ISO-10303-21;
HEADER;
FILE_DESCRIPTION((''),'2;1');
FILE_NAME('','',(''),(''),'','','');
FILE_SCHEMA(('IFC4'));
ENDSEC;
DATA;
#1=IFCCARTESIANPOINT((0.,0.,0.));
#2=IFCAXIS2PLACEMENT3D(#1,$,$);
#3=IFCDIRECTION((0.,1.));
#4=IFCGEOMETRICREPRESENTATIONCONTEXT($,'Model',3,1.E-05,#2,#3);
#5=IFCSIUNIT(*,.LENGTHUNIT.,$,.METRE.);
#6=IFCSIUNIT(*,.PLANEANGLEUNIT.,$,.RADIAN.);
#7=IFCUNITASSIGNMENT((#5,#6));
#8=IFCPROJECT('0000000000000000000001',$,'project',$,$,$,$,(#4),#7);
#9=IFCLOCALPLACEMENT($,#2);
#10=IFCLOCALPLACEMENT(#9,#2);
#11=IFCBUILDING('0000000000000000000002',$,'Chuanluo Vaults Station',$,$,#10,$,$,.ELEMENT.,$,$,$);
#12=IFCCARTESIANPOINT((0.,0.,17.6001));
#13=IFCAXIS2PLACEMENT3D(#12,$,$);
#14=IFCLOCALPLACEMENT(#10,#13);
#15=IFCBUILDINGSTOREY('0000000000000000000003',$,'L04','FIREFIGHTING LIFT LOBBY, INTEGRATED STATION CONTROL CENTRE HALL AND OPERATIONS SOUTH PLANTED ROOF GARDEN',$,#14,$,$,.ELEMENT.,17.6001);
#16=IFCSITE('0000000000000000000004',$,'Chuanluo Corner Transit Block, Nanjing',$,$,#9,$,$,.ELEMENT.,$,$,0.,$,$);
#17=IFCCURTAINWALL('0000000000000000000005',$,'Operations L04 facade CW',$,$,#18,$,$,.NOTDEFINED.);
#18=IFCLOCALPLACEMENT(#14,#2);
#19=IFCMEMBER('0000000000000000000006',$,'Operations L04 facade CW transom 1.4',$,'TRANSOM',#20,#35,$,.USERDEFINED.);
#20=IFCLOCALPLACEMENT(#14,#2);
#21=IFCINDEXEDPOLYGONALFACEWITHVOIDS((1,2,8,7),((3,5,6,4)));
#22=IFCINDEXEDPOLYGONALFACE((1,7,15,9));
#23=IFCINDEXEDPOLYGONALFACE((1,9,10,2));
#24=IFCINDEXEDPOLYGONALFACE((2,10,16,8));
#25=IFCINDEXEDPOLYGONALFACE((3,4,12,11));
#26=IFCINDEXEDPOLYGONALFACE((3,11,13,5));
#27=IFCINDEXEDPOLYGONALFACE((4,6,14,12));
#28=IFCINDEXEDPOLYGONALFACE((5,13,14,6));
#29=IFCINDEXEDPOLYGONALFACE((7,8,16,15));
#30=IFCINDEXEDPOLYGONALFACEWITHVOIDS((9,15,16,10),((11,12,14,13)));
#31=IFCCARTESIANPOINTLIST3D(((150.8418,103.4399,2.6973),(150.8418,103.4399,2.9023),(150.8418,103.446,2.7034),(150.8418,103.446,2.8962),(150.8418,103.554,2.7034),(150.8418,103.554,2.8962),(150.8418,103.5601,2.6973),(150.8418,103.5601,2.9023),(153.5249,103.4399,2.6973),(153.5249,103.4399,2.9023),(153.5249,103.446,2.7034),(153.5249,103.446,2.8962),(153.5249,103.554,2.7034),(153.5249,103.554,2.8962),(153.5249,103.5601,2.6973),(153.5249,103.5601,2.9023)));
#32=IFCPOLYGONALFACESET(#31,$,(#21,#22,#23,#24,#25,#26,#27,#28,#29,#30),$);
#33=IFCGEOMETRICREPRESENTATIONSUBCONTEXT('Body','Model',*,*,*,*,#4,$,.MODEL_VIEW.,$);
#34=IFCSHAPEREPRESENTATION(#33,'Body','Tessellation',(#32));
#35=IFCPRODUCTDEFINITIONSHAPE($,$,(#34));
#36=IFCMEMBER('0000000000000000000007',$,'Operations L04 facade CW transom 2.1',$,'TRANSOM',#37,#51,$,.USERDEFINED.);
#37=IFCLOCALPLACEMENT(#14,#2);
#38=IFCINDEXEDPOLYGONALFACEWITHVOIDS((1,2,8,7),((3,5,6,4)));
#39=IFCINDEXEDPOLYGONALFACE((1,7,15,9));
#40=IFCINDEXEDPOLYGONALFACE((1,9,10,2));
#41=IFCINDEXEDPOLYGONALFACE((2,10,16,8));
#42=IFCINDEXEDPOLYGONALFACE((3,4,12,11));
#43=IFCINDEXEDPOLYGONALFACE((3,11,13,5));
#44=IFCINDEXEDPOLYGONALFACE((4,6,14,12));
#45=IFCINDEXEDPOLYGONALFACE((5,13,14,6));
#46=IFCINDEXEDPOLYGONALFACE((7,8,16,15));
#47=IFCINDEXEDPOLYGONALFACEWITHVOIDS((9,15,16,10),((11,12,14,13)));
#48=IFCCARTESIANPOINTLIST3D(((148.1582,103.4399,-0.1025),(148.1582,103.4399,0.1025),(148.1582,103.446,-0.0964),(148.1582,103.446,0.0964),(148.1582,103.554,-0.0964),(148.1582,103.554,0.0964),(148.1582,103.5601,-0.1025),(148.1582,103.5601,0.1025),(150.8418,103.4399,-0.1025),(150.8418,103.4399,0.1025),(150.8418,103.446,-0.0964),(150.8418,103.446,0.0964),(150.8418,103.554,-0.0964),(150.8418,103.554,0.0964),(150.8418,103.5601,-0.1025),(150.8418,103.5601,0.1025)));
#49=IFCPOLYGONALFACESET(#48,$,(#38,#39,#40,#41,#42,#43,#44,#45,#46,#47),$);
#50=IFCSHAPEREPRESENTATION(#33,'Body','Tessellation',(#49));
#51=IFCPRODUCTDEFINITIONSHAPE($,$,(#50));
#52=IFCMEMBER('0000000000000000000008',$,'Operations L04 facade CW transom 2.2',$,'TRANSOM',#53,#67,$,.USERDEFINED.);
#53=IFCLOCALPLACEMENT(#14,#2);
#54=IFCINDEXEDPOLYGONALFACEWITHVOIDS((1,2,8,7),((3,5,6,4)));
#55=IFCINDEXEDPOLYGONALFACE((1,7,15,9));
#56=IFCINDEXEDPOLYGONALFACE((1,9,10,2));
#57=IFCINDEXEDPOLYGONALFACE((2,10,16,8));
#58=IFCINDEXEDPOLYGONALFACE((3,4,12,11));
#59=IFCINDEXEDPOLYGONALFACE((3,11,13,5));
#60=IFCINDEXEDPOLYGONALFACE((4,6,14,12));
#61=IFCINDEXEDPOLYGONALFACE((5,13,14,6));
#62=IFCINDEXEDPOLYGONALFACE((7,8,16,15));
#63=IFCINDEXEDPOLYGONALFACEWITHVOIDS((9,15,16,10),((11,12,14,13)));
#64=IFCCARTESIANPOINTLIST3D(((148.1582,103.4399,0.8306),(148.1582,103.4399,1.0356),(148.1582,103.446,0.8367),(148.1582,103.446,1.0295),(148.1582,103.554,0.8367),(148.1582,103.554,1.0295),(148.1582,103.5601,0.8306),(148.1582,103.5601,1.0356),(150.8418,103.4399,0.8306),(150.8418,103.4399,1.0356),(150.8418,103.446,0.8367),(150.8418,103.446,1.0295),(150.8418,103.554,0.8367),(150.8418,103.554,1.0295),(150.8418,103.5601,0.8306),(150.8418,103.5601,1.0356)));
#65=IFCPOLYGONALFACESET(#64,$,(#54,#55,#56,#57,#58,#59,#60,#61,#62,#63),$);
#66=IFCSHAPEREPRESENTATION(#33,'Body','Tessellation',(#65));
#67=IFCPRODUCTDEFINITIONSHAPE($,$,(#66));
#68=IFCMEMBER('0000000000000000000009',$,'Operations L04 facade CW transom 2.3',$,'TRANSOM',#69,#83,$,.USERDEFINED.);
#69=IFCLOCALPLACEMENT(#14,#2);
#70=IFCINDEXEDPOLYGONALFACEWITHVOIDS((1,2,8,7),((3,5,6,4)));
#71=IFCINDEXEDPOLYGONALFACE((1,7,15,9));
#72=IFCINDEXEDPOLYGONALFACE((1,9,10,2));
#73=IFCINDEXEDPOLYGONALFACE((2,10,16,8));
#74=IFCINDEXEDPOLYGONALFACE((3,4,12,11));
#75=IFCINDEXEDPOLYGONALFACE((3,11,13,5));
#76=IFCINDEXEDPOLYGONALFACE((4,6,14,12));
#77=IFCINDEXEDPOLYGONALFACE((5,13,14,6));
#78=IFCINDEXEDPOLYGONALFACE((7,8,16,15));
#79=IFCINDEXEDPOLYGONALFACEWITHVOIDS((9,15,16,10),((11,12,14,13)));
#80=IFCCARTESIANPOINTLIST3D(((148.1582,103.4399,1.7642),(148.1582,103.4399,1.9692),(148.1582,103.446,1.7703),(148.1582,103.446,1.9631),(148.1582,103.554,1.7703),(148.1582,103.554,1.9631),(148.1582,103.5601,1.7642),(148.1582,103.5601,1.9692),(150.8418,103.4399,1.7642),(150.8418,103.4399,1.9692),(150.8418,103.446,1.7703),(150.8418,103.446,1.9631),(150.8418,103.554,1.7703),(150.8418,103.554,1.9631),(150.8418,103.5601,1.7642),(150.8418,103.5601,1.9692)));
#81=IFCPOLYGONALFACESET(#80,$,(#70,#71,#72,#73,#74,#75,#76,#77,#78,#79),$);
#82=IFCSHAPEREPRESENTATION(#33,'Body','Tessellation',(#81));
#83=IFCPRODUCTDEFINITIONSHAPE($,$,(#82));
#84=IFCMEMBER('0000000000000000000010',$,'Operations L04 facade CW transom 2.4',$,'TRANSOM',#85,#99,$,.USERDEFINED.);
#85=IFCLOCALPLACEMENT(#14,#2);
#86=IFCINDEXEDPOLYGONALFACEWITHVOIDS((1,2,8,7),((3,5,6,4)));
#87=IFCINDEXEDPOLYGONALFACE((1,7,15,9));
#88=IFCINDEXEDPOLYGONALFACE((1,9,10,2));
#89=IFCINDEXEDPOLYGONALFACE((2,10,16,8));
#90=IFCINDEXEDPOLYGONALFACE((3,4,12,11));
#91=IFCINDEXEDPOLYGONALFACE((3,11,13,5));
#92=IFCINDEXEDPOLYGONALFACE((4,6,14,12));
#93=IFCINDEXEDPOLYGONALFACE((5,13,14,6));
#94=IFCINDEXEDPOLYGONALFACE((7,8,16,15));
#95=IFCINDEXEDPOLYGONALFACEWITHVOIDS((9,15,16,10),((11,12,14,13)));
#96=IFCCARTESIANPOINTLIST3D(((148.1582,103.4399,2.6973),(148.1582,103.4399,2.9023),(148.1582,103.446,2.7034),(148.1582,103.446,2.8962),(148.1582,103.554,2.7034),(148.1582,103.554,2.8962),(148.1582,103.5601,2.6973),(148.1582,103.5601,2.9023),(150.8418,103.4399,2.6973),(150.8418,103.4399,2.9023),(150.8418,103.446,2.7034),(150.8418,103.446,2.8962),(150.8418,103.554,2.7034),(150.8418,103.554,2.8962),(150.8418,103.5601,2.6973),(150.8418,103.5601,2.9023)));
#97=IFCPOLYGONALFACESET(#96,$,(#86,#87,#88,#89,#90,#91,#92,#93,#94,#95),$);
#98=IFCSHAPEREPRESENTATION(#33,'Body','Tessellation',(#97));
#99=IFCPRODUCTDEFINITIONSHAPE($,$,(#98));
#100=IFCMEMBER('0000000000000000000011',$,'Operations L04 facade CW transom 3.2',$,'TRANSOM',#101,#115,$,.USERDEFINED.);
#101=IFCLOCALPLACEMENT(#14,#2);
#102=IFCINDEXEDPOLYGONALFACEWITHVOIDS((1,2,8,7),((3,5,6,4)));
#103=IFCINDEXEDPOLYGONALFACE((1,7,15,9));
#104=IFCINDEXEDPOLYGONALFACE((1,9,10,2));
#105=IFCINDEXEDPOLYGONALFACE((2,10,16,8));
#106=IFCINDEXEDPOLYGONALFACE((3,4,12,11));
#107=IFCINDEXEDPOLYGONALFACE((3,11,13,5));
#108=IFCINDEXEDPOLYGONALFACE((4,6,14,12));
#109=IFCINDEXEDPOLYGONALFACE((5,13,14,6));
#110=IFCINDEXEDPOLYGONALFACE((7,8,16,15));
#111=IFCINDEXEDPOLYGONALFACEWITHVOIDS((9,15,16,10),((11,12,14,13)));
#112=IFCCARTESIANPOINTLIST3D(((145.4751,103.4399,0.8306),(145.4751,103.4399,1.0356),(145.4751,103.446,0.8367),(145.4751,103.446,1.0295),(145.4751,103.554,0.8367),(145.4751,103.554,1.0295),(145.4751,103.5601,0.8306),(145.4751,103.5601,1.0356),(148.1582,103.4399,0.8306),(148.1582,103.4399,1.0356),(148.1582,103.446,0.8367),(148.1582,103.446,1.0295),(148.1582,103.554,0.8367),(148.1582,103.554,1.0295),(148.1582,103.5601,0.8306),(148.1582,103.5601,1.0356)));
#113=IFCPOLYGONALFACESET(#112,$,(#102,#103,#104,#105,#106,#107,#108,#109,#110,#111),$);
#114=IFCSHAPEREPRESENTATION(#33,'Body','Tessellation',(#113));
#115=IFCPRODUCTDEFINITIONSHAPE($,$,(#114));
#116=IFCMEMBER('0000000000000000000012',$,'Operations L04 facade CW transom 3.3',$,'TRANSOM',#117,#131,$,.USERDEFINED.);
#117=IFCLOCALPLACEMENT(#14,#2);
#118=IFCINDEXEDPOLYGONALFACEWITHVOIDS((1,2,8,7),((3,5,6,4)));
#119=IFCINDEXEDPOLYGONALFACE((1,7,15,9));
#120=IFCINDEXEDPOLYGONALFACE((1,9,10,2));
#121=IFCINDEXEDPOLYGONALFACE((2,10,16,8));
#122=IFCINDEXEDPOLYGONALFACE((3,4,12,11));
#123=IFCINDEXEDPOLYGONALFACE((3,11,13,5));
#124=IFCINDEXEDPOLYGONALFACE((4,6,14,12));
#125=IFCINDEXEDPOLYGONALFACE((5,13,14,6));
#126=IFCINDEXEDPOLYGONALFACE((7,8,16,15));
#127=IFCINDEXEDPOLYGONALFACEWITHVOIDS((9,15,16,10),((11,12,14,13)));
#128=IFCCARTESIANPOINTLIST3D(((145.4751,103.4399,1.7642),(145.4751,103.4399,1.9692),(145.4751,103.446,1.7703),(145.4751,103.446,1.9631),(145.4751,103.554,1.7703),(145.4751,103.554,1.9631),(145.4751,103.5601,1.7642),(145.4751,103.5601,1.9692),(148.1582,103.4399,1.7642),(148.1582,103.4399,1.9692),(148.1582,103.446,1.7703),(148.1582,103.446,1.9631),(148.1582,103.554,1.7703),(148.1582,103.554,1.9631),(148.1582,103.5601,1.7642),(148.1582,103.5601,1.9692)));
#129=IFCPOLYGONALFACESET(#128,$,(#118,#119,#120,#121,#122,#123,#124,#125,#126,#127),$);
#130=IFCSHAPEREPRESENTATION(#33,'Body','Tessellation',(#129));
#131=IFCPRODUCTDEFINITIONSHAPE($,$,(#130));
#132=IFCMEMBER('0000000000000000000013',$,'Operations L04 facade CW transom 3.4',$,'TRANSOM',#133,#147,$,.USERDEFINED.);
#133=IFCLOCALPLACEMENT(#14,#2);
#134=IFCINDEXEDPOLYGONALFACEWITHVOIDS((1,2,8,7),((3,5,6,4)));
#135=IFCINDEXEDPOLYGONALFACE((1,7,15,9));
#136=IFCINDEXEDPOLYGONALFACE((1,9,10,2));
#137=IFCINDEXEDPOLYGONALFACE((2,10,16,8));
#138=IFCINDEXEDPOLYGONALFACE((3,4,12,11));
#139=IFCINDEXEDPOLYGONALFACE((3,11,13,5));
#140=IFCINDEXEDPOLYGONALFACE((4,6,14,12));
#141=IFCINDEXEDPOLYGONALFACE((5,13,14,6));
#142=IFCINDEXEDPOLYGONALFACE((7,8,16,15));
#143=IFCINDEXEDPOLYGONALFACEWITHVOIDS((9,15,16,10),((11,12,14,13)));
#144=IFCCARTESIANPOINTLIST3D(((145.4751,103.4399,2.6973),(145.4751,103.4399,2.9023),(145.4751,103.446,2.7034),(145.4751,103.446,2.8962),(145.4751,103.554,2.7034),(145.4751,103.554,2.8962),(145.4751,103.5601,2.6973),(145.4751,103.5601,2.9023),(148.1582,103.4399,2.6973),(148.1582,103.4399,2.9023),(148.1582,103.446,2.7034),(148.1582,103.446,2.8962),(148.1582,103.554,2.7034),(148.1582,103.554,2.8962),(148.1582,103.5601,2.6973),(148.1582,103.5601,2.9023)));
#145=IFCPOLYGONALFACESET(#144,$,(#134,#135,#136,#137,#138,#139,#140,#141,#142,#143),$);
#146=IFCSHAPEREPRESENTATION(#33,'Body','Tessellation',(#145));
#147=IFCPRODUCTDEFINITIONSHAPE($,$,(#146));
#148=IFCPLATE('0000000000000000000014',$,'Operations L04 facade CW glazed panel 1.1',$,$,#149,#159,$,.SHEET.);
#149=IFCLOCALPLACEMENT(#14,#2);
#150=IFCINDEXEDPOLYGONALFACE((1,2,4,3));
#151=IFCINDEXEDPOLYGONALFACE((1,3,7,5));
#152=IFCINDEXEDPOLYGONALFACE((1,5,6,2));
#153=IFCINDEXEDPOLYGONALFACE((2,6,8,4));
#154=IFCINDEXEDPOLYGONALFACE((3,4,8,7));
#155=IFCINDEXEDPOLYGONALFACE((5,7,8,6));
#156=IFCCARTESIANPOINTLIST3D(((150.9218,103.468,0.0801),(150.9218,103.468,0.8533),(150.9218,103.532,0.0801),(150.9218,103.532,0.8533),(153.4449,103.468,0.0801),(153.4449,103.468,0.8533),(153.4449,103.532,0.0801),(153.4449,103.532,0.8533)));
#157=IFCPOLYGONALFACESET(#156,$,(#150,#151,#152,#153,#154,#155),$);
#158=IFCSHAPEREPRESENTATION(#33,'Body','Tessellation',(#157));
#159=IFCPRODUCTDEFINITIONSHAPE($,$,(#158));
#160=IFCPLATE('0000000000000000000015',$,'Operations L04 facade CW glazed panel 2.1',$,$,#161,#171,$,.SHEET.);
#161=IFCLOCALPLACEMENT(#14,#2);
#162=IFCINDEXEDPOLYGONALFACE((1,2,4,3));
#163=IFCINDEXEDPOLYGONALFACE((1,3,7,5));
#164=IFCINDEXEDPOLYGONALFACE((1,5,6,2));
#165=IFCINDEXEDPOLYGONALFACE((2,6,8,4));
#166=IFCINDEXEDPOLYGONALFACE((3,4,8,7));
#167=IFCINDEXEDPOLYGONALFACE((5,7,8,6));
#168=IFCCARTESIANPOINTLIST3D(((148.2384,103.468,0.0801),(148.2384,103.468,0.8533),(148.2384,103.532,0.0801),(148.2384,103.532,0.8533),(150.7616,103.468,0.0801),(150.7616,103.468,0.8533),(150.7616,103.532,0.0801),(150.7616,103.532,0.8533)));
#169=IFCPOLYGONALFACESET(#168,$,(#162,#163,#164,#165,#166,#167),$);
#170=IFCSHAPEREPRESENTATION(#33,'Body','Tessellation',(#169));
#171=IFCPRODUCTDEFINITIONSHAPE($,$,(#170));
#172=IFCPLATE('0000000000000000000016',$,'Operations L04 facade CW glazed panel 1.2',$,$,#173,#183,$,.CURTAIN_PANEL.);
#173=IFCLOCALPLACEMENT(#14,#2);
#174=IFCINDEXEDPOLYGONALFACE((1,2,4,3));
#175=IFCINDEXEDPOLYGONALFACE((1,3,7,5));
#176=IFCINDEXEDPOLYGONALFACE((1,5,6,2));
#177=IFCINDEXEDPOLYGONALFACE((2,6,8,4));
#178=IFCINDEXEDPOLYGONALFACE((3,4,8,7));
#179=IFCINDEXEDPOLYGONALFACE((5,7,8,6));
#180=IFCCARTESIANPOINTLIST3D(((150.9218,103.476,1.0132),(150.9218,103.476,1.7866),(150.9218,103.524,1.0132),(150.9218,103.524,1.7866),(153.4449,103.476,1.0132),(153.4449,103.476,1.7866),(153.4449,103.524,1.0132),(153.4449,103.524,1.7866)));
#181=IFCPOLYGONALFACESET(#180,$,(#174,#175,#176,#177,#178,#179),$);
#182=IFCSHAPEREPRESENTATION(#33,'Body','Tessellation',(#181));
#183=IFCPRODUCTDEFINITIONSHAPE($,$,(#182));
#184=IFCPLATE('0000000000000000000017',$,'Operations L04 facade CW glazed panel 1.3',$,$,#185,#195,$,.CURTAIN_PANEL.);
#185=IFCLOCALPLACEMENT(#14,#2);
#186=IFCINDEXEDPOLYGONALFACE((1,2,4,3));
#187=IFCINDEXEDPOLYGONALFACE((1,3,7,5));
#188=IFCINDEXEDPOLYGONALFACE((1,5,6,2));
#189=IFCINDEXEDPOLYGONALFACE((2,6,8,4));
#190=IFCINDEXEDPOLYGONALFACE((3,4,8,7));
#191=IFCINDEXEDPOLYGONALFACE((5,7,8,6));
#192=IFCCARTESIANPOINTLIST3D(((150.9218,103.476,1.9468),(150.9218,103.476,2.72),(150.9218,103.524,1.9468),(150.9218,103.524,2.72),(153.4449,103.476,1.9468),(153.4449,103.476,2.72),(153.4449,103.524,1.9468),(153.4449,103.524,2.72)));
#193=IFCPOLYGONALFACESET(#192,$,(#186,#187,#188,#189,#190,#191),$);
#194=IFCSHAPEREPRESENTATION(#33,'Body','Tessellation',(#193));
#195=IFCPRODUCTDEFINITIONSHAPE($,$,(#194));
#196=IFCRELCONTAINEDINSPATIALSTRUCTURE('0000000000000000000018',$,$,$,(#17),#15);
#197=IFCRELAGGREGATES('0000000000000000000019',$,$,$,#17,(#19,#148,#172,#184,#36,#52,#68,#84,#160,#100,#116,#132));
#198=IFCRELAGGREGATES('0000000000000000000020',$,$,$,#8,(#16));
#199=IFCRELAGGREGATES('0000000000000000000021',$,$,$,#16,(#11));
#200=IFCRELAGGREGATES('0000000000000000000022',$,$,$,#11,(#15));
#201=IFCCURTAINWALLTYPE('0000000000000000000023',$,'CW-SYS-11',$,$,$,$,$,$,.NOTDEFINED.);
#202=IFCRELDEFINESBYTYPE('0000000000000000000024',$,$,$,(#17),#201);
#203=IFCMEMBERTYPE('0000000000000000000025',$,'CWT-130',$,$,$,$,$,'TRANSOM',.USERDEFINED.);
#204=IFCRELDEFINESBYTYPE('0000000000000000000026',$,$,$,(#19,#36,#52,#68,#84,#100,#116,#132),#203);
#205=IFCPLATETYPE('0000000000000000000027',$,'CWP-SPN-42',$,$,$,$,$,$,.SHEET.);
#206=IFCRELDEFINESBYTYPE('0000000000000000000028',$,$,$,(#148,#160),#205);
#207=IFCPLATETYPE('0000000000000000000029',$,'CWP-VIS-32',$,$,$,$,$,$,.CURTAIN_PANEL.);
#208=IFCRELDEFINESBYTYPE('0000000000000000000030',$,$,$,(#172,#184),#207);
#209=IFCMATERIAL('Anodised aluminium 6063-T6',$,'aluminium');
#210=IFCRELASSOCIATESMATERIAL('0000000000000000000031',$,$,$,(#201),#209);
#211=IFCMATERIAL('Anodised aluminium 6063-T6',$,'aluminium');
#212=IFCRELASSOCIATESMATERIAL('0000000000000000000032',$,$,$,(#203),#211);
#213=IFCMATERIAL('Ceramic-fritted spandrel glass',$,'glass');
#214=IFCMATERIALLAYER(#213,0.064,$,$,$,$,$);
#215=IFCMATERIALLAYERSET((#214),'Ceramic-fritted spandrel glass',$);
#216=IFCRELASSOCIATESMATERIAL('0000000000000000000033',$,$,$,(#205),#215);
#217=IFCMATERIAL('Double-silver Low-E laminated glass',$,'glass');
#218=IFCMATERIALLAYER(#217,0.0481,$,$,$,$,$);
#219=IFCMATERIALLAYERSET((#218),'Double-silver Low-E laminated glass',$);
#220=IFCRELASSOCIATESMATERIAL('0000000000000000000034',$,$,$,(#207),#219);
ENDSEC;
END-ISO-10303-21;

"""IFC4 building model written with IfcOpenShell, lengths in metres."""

from ifc_helpers import new_model, si_unit, direction, frame, origin, origin_2d, place, context, subcontext, project, spatial, rectangle, hollow_rectangle, extrude, material, layer, layer_set, material_profile, profile_set, type_object, element, aggregate, save


model = new_model("IFC4")

# Units and contexts
model_context = context("Model", 3, precision=1e-05, world=origin(), true_north=direction((0.0, 1.0)))
body_context = subcontext(model_context, "Body", "Model", "MODEL_VIEW")
ifc_project = project(units=[si_unit("LENGTHUNIT", "METRE"), si_unit("PLANEANGLEUNIT", "RADIAN")], contexts=[model_context])

# Site, building, storey
site_placement = place(None, origin())
site = spatial("IfcSite", under=ifc_project, at=site_placement, Name="Chuanluo Corner Transit Block, Nanjing", CompositionType="ELEMENT", RefElevation=0.0)
building_placement = place(site_placement, origin())
building = spatial("IfcBuilding", under=site, at=building_placement, Name="Chuanluo Vaults Station", CompositionType="ELEMENT")
storey_placement = place(building_placement, frame((0.0, 0.0, 17.6001)))
storey = spatial("IfcBuildingStorey", under=building, at=storey_placement, Name="L04", Description="FIREFIGHTING LIFT LOBBY, INTEGRATED STATION CONTROL CENTRE HALL AND OPERATIONS SOUTH PLANTED ROOF GARDEN", CompositionType="ELEMENT", Elevation=17.6001)

# Curtain wall, members, plates
ifc_material_1 = material(Name="Anodised aluminium 6063-T6", Category="aluminium")
curtain_wall_type = type_object("IfcCurtainWallType", Name="CW-SYS-11", PredefinedType="NOTDEFINED", material=ifc_material_1)
curtain_wall_placement = place(storey_placement, origin())
curtain_wall = element("IfcCurtainWall", 1, at=curtain_wall_placement, inside=storey, type_object=curtain_wall_type, Name="Operations L04 facade CW", PredefinedType="NOTDEFINED")
ifc_material_2 = material(Name="Anodised aluminium 6063-T6", Category="aluminium")
ifc_material_profile_1 = material_profile(ifc_material_2, hollow_rectangle(XDim=0.1201, YDim=0.2051, WallThickness=0.0061, at=origin_2d()))
ifc_profile_set_1 = profile_set([ifc_material_profile_1], Name="Anodised aluminium 6063-T6")
member_type_1 = type_object("IfcMemberType", Name="CWT-130", ElementType="TRANSOM", PredefinedType="USERDEFINED", material=ifc_profile_set_1)
member_1_placement = place(storey_placement, frame((153.5249, 103.5, 2.7998), z_axis=(-1.0, 0.0, 0.0), x_axis=(0.0, -1.0, 0.0)))
member_1 = element("IfcMember", 2, at=member_1_placement, type_object=member_type_1, Name="Operations L04 facade CW transom 1.4", ObjectType="TRANSOM", PredefinedType="USERDEFINED", context=body_context, shape_type="SweptSolid", body=[
    extrude(hollow_rectangle(XDim=0.1201, YDim=0.2051, WallThickness=0.0061, at=origin_2d()), origin(), (0.0, 0.0, 1.0), 2.6831),
])
member_2_placement = place(storey_placement, frame((150.8418, 103.5, 0.0), z_axis=(-1.0, 0.0, 0.0), x_axis=(0.0, -1.0, 0.0)))
member_2 = element("IfcMember", 3, at=member_2_placement, type_object=member_type_1, Name="Operations L04 facade CW transom 2.1", ObjectType="TRANSOM", PredefinedType="USERDEFINED", context=body_context, shape_type="SweptSolid", body=[
    extrude(hollow_rectangle(XDim=0.1201, YDim=0.2051, WallThickness=0.0061, at=origin_2d()), origin(), (0.0, 0.0, 1.0), 2.6836),
])
member_3_placement = place(storey_placement, frame((150.8418, 103.5, 0.9331), z_axis=(-1.0, 0.0, 0.0), x_axis=(0.0, -1.0, 0.0)))
member_3 = element("IfcMember", 4, at=member_3_placement, type_object=member_type_1, Name="Operations L04 facade CW transom 2.2", ObjectType="TRANSOM", PredefinedType="USERDEFINED", context=body_context, shape_type="SweptSolid", body=[
    extrude(hollow_rectangle(XDim=0.1201, YDim=0.2051, WallThickness=0.0061, at=origin_2d()), origin(), (0.0, 0.0, 1.0), 2.6836),
])
member_4_placement = place(storey_placement, frame((150.8418, 103.5, 1.8667), z_axis=(-1.0, 0.0, 0.0), x_axis=(0.0, -1.0, 0.0)))
member_4 = element("IfcMember", 5, at=member_4_placement, type_object=member_type_1, Name="Operations L04 facade CW transom 2.3", ObjectType="TRANSOM", PredefinedType="USERDEFINED", context=body_context, shape_type="SweptSolid", body=[
    extrude(hollow_rectangle(XDim=0.1201, YDim=0.2051, WallThickness=0.0061, at=origin_2d()), origin(), (0.0, 0.0, 1.0), 2.6836),
])
member_5_placement = place(storey_placement, frame((150.8418, 103.5, 2.7998), z_axis=(-1.0, 0.0, 0.0), x_axis=(0.0, -1.0, 0.0)))
member_5 = element("IfcMember", 6, at=member_5_placement, type_object=member_type_1, Name="Operations L04 facade CW transom 2.4", ObjectType="TRANSOM", PredefinedType="USERDEFINED", context=body_context, shape_type="SweptSolid", body=[
    extrude(hollow_rectangle(XDim=0.1201, YDim=0.2051, WallThickness=0.0061, at=origin_2d()), origin(), (0.0, 0.0, 1.0), 2.6836),
])
member_6_placement = place(storey_placement, frame((148.1582, 103.5, 0.9331), z_axis=(-1.0, 0.0, 0.0), x_axis=(0.0, -1.0, 0.0)))
member_6 = element("IfcMember", 7, at=member_6_placement, type_object=member_type_1, Name="Operations L04 facade CW transom 3.2", ObjectType="TRANSOM", PredefinedType="USERDEFINED", context=body_context, shape_type="SweptSolid", body=[
    extrude(hollow_rectangle(XDim=0.1201, YDim=0.2051, WallThickness=0.0061, at=origin_2d()), origin(), (0.0, 0.0, 1.0), 2.6831),
])
member_7_placement = place(storey_placement, frame((148.1582, 103.5, 1.8667), z_axis=(-1.0, 0.0, 0.0), x_axis=(0.0, -1.0, 0.0)))
member_7 = element("IfcMember", 8, at=member_7_placement, type_object=member_type_1, Name="Operations L04 facade CW transom 3.3", ObjectType="TRANSOM", PredefinedType="USERDEFINED", context=body_context, shape_type="SweptSolid", body=[
    extrude(hollow_rectangle(XDim=0.1201, YDim=0.2051, WallThickness=0.0061, at=origin_2d()), origin(), (0.0, 0.0, 1.0), 2.6831),
])
member_8_placement = place(storey_placement, frame((148.1582, 103.5, 2.7998), z_axis=(-1.0, 0.0, 0.0), x_axis=(0.0, -1.0, 0.0)))
member_8 = element("IfcMember", 9, at=member_8_placement, type_object=member_type_1, Name="Operations L04 facade CW transom 3.4", ObjectType="TRANSOM", PredefinedType="USERDEFINED", context=body_context, shape_type="SweptSolid", body=[
    extrude(hollow_rectangle(XDim=0.1201, YDim=0.2051, WallThickness=0.0061, at=origin_2d()), origin(), (0.0, 0.0, 1.0), 2.6831),
])
ifc_material_3 = material(Name="Ceramic-fritted spandrel glass", Category="glass")
ifc_layer_1 = layer(ifc_material_3, 0.064)
ifc_layer_set_1 = layer_set([ifc_layer_1], Name="Ceramic-fritted spandrel glass")
plate_type_1 = type_object("IfcPlateType", Name="CWP-SPN-42", PredefinedType="SHEET", material=ifc_layer_set_1)
plate_1_placement = place(storey_placement, frame((152.1833, 103.5, 0.0801), z_axis=(0.0, 0.0, 1.0), x_axis=(-1.0, 0.0, 0.0)))
plate_1 = element("IfcPlate", 10, at=plate_1_placement, type_object=plate_type_1, Name="Operations L04 facade CW glazed panel 1.1", PredefinedType="SHEET", context=body_context, shape_type="SweptSolid", body=[
    extrude(rectangle(XDim=2.5232, YDim=0.064, at=origin_2d()), origin(), (0.0, 0.0, 1.0), 0.7732),
])
plate_2_placement = place(storey_placement, frame((149.5, 103.5, 0.0801), z_axis=(0.0, 0.0, 1.0), x_axis=(-1.0, 0.0, 0.0)))
plate_2 = element("IfcPlate", 11, at=plate_2_placement, type_object=plate_type_1, Name="Operations L04 facade CW glazed panel 2.1", PredefinedType="SHEET", context=body_context, shape_type="SweptSolid", body=[
    extrude(rectangle(XDim=2.5232, YDim=0.064, at=origin_2d()), origin(), (0.0, 0.0, 1.0), 0.7732),
])
ifc_material_4 = material(Name="Double-silver Low-E laminated glass", Category="glass")
ifc_layer_2 = layer(ifc_material_4, 0.0481)
ifc_layer_set_2 = layer_set([ifc_layer_2], Name="Double-silver Low-E laminated glass")
plate_type_2 = type_object("IfcPlateType", Name="CWP-VIS-32", PredefinedType="CURTAIN_PANEL", material=ifc_layer_set_2)
plate_3_placement = place(storey_placement, frame((152.1833, 103.5, 1.0132), z_axis=(0.0, 0.0, 1.0), x_axis=(-1.0, 0.0, 0.0)))
plate_3 = element("IfcPlate", 12, at=plate_3_placement, type_object=plate_type_2, Name="Operations L04 facade CW glazed panel 1.2", PredefinedType="CURTAIN_PANEL", context=body_context, shape_type="SweptSolid", body=[
    extrude(rectangle(XDim=2.5232, YDim=0.0481, at=origin_2d()), origin(), (0.0, 0.0, 1.0), 0.7734),
])
plate_4_placement = place(storey_placement, frame((152.1833, 103.5, 1.9468), z_axis=(0.0, 0.0, 1.0), x_axis=(-1.0, 0.0, 0.0)))
plate_4 = element("IfcPlate", 13, at=plate_4_placement, type_object=plate_type_2, Name="Operations L04 facade CW glazed panel 1.3", PredefinedType="CURTAIN_PANEL", context=body_context, shape_type="SweptSolid", body=[
    extrude(rectangle(XDim=2.5232, YDim=0.0481, at=origin_2d()), origin(), (0.0, 0.0, 1.0), 0.7732),
])
aggregate(curtain_wall, [member_1, plate_1, plate_3, plate_4, member_2, member_3, member_4, member_5, plate_2, member_6, member_7, member_8])

save(model, "model.ifc")
